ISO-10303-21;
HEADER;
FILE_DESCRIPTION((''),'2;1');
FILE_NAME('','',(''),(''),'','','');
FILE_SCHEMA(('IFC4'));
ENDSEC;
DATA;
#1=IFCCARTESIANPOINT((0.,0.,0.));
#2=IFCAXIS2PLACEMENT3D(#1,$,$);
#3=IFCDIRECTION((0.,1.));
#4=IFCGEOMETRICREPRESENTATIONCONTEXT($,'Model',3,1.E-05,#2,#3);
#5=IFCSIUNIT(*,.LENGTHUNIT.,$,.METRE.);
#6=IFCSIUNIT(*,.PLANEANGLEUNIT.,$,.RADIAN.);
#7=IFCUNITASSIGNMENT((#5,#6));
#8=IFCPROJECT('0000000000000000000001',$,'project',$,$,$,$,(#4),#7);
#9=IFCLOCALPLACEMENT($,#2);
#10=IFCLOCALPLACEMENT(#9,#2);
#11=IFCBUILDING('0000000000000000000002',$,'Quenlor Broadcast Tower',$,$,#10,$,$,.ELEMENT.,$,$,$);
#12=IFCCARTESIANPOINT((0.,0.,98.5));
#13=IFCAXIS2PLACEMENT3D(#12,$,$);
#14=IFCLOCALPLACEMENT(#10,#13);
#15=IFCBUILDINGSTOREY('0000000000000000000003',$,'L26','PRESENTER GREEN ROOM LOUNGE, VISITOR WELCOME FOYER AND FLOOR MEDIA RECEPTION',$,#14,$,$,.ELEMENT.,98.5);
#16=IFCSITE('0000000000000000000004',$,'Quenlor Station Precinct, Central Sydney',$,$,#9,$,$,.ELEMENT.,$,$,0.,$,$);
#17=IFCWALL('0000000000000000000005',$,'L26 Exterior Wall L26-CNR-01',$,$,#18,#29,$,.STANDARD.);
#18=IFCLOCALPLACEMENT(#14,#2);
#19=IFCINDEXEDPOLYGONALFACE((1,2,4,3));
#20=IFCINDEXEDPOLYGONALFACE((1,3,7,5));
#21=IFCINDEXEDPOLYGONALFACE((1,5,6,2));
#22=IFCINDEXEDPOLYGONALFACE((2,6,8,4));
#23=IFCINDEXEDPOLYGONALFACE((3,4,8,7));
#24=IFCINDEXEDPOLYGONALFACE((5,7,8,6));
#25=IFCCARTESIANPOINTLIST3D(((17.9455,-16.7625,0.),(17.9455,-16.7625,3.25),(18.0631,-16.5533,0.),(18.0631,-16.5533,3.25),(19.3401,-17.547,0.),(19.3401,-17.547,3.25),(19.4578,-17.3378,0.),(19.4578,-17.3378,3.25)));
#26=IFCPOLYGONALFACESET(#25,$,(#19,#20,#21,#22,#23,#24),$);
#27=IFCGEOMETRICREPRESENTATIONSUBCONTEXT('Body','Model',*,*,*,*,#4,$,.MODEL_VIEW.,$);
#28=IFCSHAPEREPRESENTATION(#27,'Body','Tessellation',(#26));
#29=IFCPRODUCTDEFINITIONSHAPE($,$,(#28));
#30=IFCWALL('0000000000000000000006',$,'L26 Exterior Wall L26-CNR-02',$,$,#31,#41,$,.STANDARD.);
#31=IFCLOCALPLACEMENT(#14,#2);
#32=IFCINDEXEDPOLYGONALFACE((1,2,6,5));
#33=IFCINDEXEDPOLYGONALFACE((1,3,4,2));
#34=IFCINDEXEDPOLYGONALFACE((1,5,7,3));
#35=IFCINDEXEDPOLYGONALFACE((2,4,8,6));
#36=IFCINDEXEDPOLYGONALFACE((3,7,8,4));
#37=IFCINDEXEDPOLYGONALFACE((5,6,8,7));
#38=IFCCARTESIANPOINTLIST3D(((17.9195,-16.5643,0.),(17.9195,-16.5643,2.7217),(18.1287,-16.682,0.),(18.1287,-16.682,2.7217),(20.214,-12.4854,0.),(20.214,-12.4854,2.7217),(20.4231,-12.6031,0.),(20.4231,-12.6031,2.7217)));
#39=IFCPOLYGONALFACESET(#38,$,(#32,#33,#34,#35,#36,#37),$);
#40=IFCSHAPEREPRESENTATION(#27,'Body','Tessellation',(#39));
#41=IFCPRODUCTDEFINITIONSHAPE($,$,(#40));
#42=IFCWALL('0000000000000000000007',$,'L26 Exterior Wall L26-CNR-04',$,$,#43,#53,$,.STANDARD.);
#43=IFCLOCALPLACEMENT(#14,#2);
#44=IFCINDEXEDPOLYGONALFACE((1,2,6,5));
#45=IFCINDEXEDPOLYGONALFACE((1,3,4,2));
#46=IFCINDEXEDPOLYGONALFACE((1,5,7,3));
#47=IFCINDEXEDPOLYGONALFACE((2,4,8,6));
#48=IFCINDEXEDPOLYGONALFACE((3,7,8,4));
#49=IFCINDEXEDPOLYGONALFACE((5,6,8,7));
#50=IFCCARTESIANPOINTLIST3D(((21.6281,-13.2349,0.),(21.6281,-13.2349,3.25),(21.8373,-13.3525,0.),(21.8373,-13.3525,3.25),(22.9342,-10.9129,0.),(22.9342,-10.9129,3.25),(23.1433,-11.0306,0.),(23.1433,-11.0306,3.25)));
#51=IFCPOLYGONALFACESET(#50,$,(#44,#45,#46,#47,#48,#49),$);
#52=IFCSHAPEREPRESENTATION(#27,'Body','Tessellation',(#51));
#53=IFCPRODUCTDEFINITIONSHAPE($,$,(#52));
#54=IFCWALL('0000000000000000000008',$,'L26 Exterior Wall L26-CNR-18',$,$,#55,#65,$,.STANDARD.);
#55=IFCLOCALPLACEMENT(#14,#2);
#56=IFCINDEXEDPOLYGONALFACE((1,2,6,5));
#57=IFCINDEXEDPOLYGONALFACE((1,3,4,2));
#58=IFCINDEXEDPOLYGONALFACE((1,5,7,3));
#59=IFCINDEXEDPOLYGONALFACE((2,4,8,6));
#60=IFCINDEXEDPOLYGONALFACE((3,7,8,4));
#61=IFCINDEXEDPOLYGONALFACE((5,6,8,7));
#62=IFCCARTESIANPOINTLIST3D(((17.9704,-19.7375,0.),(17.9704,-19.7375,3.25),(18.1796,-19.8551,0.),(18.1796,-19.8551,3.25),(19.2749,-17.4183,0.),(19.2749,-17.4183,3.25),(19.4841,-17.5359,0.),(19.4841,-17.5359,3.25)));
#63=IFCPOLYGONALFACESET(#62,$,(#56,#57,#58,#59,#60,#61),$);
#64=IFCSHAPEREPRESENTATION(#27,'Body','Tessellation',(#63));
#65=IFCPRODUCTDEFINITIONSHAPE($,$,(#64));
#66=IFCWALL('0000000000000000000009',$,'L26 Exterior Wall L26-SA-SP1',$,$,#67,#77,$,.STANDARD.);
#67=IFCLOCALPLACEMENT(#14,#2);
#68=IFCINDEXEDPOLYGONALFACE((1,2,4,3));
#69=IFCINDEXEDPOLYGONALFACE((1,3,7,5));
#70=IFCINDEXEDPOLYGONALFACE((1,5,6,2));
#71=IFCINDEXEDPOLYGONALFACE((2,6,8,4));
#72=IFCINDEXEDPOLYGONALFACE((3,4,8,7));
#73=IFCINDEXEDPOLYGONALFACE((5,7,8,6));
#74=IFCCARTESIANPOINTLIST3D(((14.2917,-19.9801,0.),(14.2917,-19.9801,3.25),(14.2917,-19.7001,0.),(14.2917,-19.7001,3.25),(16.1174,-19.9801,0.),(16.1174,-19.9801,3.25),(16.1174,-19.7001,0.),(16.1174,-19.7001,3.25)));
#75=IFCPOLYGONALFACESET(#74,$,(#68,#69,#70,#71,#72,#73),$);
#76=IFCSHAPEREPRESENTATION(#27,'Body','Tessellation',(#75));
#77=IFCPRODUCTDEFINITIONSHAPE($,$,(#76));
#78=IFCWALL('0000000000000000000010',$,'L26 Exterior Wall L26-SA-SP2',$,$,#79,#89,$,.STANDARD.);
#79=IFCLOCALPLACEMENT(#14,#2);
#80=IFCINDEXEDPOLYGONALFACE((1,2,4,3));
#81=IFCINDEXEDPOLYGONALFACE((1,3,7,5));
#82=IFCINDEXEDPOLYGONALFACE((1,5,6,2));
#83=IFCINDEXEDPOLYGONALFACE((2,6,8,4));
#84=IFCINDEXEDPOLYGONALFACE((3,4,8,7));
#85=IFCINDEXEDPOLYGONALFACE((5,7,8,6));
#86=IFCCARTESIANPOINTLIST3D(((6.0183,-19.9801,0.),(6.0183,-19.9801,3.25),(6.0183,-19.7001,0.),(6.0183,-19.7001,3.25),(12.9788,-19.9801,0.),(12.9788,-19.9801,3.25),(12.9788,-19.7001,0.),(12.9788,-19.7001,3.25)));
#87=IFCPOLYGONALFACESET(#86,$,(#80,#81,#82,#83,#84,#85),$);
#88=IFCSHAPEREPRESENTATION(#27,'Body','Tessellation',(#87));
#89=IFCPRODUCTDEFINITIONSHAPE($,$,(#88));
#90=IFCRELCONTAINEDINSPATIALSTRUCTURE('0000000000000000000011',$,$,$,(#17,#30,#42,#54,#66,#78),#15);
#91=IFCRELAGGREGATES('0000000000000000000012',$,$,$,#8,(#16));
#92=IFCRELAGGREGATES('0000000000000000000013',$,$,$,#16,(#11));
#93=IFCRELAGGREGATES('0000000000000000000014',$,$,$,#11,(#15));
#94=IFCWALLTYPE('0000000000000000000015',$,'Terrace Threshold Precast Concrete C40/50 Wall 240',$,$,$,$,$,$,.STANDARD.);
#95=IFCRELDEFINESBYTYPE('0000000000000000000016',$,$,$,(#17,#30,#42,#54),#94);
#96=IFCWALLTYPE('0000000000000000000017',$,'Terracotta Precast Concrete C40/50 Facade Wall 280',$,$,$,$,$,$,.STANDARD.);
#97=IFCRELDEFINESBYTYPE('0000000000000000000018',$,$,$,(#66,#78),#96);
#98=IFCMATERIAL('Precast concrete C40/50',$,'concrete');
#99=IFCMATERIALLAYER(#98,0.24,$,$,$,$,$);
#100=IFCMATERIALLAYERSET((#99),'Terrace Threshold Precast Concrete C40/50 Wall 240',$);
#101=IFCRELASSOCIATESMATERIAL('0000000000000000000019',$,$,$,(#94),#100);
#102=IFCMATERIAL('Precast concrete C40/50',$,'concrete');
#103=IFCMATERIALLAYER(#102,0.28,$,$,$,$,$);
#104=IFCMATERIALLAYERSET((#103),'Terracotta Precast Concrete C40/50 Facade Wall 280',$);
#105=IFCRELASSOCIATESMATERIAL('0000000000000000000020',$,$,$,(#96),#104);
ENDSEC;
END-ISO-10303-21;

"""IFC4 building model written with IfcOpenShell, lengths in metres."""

from ifc_helpers import new_model, si_unit, direction, frame, frame_2d, origin, place, context, subcontext, project, spatial, rectangle, extrude, material, layer, layer_set, type_object, element, save


model = new_model("IFC4")

# Units and contexts
model_context = context("Model", 3, precision=1e-05, world=origin(), true_north=direction((0.0, 1.0)))
body_context = subcontext(model_context, "Body", "Model", "MODEL_VIEW")
ifc_project = project(units=[si_unit("LENGTHUNIT", "METRE"), si_unit("PLANEANGLEUNIT", "RADIAN")], contexts=[model_context])

# Site, building, storey
site_placement = place(None, origin())
site = spatial("IfcSite", under=ifc_project, at=site_placement, Name="Quenlor Station Precinct, Central Sydney", CompositionType="ELEMENT", RefElevation=0.0)
building_placement = place(site_placement, origin())
building = spatial("IfcBuilding", under=site, at=building_placement, Name="Quenlor Broadcast Tower", CompositionType="ELEMENT")
storey_placement = place(building_placement, frame((0.0, 0.0, 98.5)))
storey = spatial("IfcBuildingStorey", under=building, at=storey_placement, Name="L26", Description="PRESENTER GREEN ROOM LOUNGE, VISITOR WELCOME FOYER AND FLOOR MEDIA RECEPTION", CompositionType="ELEMENT", Elevation=98.5)

# Walls
ifc_material_1 = material(Name="Precast concrete C40/50", Category="concrete")
ifc_layer_1 = layer(ifc_material_1, 0.24)
ifc_layer_set_1 = layer_set([ifc_layer_1], Name="Terrace Threshold Precast Concrete C40/50 Wall 240")
wall_type_1 = type_object("IfcWallType", Name="Terrace Threshold Precast Concrete C40/50 Wall 240", PredefinedType="STANDARD", material=ifc_layer_set_1)
wall_1_placement = place(storey_placement, frame((19.3989, -17.4424, 0.0), z_axis=(0.0, 0.0, 1.0), x_axis=(-0.871576, 0.490261, 0.0)))
element("IfcWall", 1, at=wall_1_placement, inside=storey, type_object=wall_type_1, Name="L26 Exterior Wall L26-CNR-01", PredefinedType="STANDARD", context=body_context, shape_type="SweptSolid", body=[
    extrude(rectangle(XDim=1.6001, YDim=0.24, at=frame_2d((0.8, 0.0))), origin(), (0.0, 0.0, 1.0), 3.25),
])
wall_2_placement = place(storey_placement, frame((18.0242, -16.623, 0.0), z_axis=(0.0, 0.0, 1.0), x_axis=(0.490274, 0.871569, 0.0)))
element("IfcWall", 2, at=wall_2_placement, inside=storey, type_object=wall_type_1, Name="L26 Exterior Wall L26-CNR-02", PredefinedType="STANDARD", context=body_context, shape_type="SweptSolid", body=[
    extrude(rectangle(XDim=4.6799, YDim=0.24, at=frame_2d((2.3398, 0.0))), origin(), (0.0, 0.0, 1.0), 2.7217),
])
wall_3_placement = place(storey_placement, frame((21.7327, -13.2937, 0.0), z_axis=(0.0, 0.0, 1.0), x_axis=(0.490266, 0.871573, 0.0)))
element("IfcWall", 3, at=wall_3_placement, inside=storey, type_object=wall_type_1, Name="L26 Exterior Wall L26-CNR-04", PredefinedType="STANDARD", context=body_context, shape_type="SweptSolid", body=[
    extrude(rectangle(XDim=2.6641, YDim=0.24, at=frame_2d((1.332, 0.0))), origin(), (0.0, 0.0, 1.0), 3.25),
])
wall_4_placement = place(storey_placement, frame((18.075, -19.7964, 0.0), z_axis=(0.0, 0.0, 1.0), x_axis=(0.490248, 0.871583, 0.0)))
element("IfcWall", 4, at=wall_4_placement, inside=storey, type_object=wall_type_1, Name="L26 Exterior Wall L26-CNR-18", PredefinedType="STANDARD", context=body_context, shape_type="SweptSolid", body=[
    extrude(rectangle(XDim=2.6609, YDim=0.24, at=frame_2d((1.3306, 0.0))), origin(), (0.0, 0.0, 1.0), 3.25),
])
ifc_material_2 = material(Name="Precast concrete C40/50", Category="concrete")
ifc_layer_2 = layer(ifc_material_2, 0.28)
ifc_layer_set_2 = layer_set([ifc_layer_2], Name="Terracotta Precast Concrete C40/50 Facade Wall 280")
wall_type_2 = type_object("IfcWallType", Name="Terracotta Precast Concrete C40/50 Facade Wall 280", PredefinedType="STANDARD", material=ifc_layer_set_2)
wall_5_placement = place(storey_placement, frame((16.1174, -19.8401, 0.0), z_axis=(0.0, 0.0, 1.0), x_axis=(-1.0, 0.0, 0.0)))
element("IfcWall", 5, at=wall_5_placement, inside=storey, type_object=wall_type_2, Name="L26 Exterior Wall L26-SA-SP1", PredefinedType="STANDARD", context=body_context, shape_type="SweptSolid", body=[
    extrude(rectangle(XDim=1.8257, YDim=0.28, at=frame_2d((0.9128, 0.0))), origin(), (0.0, 0.0, 1.0), 3.25),
])
wall_6_placement = place(storey_placement, frame((12.9788, -19.8401, 0.0), z_axis=(0.0, 0.0, 1.0), x_axis=(-1.0, 0.0, 0.0)))
element("IfcWall", 6, at=wall_6_placement, inside=storey, type_object=wall_type_2, Name="L26 Exterior Wall L26-SA-SP2", PredefinedType="STANDARD", context=body_context, shape_type="SweptSolid", body=[
    extrude(rectangle(XDim=6.9604, YDim=0.28, at=frame_2d((3.4802, 0.0))), origin(), (0.0, 0.0, 1.0), 3.25),
])

save(model, "model.ifc")
